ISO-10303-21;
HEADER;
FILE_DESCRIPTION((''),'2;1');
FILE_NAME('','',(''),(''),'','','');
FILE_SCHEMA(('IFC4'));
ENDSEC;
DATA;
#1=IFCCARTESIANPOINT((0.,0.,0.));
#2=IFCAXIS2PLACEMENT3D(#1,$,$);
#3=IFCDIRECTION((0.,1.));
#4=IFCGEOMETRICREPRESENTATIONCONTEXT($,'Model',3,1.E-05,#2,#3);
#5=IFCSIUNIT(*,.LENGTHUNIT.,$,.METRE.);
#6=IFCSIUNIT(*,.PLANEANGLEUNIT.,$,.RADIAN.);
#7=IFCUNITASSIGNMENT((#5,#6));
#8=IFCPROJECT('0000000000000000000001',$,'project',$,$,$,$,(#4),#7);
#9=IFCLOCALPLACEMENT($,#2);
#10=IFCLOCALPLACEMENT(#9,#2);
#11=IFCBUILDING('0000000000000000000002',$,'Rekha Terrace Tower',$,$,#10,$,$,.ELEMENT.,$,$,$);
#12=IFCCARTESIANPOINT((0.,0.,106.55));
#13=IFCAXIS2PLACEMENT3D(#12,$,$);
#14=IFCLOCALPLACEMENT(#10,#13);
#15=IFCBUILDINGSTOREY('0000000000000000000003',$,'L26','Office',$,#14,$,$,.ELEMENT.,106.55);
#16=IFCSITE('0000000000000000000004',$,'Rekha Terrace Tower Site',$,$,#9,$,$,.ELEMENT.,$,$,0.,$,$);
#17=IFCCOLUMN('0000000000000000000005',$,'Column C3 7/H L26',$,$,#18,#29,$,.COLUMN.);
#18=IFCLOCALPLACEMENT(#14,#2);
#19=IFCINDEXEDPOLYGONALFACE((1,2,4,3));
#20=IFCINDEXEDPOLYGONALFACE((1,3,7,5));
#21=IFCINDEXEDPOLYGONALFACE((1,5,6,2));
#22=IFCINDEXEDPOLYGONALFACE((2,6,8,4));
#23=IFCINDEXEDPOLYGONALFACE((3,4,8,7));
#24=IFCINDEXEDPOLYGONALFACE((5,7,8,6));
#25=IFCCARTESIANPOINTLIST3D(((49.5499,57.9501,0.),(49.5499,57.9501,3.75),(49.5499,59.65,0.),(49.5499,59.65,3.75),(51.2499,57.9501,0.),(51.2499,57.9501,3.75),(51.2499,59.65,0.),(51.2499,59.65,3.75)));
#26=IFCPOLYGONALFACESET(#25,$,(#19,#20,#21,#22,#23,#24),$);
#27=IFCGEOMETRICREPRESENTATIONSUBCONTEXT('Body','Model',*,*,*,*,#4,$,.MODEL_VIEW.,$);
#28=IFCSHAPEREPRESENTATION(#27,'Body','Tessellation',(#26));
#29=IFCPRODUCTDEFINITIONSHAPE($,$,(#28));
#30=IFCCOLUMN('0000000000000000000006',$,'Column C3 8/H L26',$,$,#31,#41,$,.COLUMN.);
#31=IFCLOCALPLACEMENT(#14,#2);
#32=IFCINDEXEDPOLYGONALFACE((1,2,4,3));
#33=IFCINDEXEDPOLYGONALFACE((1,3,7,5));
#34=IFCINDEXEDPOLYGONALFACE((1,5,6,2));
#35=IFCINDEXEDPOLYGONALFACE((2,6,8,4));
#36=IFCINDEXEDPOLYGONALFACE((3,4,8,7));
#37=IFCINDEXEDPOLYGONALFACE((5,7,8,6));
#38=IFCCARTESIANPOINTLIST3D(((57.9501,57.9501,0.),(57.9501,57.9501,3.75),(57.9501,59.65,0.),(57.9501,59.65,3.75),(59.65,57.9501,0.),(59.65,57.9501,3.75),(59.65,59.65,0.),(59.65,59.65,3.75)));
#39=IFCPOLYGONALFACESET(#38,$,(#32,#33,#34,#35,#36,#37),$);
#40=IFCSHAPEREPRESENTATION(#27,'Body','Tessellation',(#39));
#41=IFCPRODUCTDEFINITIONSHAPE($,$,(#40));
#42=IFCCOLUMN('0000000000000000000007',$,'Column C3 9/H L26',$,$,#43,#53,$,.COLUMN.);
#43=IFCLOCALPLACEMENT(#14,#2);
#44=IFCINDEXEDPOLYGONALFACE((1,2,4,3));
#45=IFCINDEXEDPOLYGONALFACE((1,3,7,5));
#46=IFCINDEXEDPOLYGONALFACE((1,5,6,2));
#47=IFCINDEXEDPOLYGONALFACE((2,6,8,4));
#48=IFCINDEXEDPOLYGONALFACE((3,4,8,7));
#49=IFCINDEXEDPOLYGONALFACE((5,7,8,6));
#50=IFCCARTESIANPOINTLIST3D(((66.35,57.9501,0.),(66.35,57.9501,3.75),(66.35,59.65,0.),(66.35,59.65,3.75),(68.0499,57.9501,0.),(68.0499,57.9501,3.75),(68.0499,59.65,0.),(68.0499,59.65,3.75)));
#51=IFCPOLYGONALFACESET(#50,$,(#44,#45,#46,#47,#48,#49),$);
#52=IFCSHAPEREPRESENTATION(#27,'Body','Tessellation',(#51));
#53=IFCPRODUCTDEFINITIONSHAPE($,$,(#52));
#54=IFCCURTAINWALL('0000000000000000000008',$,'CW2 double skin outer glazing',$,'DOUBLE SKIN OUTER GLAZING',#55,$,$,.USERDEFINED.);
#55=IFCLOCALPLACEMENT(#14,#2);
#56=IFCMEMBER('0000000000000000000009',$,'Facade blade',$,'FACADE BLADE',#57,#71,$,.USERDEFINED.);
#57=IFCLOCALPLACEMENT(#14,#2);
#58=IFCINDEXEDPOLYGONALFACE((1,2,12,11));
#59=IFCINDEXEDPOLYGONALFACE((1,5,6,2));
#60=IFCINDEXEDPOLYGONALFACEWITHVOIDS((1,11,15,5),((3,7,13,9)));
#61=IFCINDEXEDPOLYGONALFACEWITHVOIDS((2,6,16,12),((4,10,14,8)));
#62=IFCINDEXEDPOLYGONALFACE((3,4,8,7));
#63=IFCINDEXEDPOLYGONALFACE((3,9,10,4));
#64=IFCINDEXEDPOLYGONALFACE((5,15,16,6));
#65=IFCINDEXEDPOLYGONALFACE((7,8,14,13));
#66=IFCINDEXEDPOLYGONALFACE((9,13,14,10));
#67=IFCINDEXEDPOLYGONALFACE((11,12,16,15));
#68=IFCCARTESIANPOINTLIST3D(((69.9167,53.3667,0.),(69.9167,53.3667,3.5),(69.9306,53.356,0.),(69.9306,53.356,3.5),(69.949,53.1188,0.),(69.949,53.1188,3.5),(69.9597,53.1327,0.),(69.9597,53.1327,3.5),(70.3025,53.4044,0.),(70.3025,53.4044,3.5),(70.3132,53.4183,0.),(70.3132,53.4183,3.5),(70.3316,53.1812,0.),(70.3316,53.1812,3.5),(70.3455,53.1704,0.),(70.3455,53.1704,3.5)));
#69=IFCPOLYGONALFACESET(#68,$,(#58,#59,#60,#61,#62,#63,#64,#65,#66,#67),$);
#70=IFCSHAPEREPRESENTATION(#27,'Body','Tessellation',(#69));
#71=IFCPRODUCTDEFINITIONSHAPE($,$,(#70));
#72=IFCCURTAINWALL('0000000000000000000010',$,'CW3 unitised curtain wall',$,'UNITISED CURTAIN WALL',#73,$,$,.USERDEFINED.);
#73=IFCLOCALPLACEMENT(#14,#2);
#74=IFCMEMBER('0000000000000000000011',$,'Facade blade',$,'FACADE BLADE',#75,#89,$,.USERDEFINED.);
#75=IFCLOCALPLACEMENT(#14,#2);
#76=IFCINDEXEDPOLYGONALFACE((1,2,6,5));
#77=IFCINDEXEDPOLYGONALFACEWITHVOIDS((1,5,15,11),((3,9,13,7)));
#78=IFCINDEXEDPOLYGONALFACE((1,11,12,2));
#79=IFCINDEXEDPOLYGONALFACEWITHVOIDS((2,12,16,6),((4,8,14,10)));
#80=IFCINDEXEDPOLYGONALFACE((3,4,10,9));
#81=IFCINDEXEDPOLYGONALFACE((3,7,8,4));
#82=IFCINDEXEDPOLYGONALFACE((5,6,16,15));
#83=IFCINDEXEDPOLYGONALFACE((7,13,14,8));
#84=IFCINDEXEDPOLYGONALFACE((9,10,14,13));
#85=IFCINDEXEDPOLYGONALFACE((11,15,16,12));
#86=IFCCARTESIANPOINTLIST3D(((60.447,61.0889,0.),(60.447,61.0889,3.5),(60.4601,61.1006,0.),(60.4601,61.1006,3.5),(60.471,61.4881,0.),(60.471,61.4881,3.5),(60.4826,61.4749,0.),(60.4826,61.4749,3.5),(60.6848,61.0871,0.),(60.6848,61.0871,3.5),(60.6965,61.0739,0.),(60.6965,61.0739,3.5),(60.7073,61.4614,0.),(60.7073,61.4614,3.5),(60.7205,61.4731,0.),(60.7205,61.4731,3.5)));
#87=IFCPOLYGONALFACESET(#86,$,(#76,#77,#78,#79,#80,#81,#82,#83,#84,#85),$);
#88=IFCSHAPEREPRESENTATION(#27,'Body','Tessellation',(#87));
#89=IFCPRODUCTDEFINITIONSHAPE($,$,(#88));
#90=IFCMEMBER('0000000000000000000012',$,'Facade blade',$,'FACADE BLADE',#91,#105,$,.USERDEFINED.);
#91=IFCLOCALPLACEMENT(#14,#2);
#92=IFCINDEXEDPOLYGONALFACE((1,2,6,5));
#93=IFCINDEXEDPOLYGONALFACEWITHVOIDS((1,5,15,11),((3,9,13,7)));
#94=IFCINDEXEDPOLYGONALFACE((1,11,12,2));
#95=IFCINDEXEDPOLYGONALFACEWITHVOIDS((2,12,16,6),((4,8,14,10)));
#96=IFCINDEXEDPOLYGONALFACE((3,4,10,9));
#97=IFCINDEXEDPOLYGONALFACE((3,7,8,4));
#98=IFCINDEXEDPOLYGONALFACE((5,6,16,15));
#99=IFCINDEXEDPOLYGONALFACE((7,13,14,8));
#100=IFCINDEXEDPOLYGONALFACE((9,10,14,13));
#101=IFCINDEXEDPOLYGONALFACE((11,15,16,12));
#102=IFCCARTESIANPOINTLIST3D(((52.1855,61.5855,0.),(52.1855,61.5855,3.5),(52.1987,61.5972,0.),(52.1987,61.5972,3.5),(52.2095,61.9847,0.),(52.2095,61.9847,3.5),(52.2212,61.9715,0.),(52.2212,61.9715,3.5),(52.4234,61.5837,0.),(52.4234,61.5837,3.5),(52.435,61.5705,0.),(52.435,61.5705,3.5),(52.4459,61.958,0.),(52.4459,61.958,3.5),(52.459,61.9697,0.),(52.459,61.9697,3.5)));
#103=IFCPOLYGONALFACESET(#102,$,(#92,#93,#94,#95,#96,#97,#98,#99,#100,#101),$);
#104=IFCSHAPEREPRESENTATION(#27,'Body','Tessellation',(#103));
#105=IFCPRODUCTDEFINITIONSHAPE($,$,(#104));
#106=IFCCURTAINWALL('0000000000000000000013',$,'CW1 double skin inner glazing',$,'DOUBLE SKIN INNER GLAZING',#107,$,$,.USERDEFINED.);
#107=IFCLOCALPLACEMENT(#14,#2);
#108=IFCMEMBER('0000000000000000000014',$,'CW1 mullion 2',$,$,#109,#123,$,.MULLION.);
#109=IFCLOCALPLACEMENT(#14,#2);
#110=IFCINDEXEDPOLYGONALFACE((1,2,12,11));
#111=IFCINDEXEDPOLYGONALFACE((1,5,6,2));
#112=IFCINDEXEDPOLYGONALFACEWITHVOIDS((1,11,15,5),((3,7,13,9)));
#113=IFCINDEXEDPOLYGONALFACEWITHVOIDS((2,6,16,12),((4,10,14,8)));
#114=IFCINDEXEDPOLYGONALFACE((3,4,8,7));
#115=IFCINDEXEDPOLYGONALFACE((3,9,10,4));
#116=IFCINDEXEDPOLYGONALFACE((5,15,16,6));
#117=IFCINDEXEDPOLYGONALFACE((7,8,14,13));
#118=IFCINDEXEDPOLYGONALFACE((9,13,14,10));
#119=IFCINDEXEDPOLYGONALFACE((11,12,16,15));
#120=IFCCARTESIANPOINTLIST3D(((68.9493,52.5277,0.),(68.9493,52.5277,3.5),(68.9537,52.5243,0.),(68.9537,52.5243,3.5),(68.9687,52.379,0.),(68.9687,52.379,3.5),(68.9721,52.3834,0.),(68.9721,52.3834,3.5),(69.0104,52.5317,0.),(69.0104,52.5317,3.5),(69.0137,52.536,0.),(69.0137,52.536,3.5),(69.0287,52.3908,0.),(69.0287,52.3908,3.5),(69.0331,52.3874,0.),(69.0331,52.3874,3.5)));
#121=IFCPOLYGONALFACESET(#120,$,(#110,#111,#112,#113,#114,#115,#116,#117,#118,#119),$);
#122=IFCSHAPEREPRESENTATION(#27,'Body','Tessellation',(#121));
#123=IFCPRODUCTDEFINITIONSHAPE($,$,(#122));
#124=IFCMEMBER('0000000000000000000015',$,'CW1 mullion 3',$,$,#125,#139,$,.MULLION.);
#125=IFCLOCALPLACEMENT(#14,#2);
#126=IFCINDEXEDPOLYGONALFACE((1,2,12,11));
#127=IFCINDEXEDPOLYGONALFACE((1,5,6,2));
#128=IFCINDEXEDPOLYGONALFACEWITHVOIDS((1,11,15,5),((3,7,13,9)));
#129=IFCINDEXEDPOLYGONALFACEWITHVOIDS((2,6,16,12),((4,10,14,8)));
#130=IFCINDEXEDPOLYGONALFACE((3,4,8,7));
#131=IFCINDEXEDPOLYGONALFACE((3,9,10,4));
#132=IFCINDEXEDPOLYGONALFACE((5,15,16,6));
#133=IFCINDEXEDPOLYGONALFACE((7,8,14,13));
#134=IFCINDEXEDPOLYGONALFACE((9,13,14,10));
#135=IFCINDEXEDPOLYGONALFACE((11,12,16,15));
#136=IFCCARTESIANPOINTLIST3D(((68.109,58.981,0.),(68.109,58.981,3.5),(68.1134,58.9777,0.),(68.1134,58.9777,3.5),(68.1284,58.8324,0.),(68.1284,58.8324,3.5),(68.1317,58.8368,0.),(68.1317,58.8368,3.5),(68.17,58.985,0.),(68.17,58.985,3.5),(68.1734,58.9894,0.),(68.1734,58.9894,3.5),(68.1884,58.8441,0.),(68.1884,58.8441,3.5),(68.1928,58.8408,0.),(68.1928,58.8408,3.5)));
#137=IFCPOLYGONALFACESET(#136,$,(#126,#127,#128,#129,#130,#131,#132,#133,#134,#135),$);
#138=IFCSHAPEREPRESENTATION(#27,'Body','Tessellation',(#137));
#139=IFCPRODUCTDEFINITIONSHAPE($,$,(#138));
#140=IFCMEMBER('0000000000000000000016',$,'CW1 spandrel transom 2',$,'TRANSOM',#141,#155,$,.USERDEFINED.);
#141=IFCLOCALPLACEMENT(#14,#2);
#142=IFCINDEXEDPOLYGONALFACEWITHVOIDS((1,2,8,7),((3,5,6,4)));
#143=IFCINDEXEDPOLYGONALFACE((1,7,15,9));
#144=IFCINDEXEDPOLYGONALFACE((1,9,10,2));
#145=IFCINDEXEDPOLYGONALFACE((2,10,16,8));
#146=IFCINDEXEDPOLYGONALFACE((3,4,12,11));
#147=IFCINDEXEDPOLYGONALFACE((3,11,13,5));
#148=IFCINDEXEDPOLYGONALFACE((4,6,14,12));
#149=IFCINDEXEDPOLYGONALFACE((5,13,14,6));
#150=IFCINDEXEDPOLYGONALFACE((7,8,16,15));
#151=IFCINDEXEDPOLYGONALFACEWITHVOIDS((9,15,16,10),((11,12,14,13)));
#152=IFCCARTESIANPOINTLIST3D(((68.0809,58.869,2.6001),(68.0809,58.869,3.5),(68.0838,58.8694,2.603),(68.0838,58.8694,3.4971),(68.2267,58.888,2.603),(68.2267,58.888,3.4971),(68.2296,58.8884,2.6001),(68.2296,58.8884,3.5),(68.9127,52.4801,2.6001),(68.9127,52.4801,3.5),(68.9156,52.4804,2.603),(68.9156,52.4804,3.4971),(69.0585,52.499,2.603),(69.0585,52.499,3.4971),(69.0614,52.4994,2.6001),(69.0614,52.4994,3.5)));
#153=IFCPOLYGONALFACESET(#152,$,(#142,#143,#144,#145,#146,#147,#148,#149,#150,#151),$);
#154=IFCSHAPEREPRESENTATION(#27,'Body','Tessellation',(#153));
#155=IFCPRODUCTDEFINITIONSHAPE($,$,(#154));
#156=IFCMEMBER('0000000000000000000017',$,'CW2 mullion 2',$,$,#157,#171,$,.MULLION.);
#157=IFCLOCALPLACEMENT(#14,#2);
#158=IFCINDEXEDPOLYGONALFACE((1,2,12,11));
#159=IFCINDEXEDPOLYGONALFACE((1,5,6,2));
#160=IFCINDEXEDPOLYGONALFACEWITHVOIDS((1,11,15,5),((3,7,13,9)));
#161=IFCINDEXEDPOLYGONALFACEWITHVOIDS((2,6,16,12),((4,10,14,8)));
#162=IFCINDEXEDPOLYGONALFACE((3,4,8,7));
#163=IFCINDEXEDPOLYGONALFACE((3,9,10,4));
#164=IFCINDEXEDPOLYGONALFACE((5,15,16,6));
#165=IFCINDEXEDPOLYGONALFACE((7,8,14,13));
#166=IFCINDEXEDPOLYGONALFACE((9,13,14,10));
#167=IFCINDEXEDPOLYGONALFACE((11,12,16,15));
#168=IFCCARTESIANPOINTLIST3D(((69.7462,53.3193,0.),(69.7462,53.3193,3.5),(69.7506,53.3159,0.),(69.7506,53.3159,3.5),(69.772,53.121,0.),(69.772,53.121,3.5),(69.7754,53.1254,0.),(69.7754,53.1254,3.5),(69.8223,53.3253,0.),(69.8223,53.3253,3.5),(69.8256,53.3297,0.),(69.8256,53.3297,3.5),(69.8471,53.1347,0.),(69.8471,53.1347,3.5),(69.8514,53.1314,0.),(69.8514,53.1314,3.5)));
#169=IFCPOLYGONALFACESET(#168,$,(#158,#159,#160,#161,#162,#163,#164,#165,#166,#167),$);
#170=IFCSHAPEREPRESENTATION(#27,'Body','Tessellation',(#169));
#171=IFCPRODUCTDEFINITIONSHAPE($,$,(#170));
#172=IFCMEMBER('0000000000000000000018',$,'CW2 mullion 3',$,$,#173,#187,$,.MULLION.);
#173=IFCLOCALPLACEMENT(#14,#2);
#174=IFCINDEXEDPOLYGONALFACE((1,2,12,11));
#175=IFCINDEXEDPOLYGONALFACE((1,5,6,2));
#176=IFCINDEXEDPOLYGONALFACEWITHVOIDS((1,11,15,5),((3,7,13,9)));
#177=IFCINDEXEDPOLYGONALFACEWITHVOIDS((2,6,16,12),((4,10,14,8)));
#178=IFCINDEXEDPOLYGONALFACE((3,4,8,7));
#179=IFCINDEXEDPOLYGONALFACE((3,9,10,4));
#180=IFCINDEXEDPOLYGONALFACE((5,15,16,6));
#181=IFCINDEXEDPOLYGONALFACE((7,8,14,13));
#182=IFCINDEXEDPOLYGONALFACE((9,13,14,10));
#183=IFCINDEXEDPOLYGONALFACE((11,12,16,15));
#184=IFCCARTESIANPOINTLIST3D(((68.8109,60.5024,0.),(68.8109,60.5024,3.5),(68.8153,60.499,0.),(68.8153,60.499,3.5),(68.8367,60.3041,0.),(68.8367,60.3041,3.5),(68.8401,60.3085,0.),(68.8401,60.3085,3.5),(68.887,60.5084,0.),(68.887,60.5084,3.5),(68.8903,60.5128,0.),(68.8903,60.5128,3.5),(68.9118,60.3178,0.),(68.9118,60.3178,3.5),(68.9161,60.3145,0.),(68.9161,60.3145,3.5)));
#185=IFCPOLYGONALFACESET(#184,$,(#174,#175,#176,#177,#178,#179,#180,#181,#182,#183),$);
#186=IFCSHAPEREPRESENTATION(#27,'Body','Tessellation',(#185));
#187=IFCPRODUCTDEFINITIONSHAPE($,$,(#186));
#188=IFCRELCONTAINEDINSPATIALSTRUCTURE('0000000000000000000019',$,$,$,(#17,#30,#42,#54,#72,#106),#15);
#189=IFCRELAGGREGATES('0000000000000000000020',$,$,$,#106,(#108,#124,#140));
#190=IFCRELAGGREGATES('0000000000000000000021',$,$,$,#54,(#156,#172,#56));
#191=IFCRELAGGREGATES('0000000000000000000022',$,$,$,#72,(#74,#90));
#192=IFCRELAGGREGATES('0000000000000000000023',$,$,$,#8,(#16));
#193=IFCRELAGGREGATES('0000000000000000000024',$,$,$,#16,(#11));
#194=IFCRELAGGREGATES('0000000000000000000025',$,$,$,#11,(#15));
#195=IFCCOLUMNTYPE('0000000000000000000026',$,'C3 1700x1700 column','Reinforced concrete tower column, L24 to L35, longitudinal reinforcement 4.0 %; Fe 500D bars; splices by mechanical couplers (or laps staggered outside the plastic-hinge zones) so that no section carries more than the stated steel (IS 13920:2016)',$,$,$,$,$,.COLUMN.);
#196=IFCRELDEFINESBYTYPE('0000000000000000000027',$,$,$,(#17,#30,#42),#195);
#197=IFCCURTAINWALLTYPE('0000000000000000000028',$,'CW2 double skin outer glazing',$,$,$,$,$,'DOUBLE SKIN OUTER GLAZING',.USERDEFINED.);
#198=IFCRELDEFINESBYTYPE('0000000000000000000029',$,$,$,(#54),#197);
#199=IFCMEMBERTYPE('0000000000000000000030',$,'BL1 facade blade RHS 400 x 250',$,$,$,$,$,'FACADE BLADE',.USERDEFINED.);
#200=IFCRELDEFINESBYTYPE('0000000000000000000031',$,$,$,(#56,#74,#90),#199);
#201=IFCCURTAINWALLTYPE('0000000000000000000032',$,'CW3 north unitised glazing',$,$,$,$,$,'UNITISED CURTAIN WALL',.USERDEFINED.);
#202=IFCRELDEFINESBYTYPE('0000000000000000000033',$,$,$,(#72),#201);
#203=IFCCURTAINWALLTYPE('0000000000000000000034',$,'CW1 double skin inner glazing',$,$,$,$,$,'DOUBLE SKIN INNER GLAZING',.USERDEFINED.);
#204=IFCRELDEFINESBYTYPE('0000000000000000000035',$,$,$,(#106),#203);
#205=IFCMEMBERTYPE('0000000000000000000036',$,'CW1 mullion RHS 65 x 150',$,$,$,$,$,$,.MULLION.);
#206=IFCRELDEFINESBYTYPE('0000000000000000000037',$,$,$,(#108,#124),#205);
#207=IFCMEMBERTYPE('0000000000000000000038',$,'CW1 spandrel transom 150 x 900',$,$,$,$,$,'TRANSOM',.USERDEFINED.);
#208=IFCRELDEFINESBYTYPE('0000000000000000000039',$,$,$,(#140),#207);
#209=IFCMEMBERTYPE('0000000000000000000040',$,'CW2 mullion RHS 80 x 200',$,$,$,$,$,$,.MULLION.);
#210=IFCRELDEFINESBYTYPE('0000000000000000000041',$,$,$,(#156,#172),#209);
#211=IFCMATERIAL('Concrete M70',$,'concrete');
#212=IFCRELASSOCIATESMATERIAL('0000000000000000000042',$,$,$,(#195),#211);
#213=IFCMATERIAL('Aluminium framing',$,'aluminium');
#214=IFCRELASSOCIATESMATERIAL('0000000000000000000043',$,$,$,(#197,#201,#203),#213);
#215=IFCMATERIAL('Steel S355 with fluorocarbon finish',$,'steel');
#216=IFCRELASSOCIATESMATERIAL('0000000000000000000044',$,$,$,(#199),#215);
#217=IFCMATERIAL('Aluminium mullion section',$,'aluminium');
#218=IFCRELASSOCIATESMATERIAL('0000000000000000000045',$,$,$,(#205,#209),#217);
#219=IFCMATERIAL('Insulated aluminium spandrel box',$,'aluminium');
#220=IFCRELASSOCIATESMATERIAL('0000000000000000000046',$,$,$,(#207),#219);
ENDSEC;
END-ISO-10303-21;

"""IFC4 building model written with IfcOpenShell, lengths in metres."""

from ifc_helpers import new_model, si_unit, direction, frame, origin, origin_2d, place, context, subcontext, project, spatial, rectangle, hollow_rectangle, extrude, material, material_profile, profile_set, type_object, element, aggregate, save


model = new_model("IFC4")

# Units and contexts
model_context = context("Model", 3, precision=1e-05, world=origin(), true_north=direction((0.0, 1.0)))
body_context = subcontext(model_context, "Body", "Model", "MODEL_VIEW")
ifc_project = project(units=[si_unit("LENGTHUNIT", "METRE"), si_unit("PLANEANGLEUNIT", "RADIAN")], contexts=[model_context])

# Site, building, storey
site_placement = place(None, origin())
site = spatial("IfcSite", under=ifc_project, at=site_placement, Name="Rekha Terrace Tower Site", CompositionType="ELEMENT", RefElevation=0.0)
building_placement = place(site_placement, origin())
building = spatial("IfcBuilding", under=site, at=building_placement, Name="Rekha Terrace Tower", CompositionType="ELEMENT")
storey_placement = place(building_placement, frame((0.0, 0.0, 106.55)))
storey = spatial("IfcBuildingStorey", under=building, at=storey_placement, Name="L26", Description="Office", CompositionType="ELEMENT", Elevation=106.55)

# Columns
ifc_material_1 = material(Name="Concrete M70", Category="concrete")
ifc_material_profile_1 = material_profile(ifc_material_1, rectangle(XDim=1.7, YDim=1.7, at=origin_2d()), Name="RC 1700x1700")
ifc_profile_set_1 = profile_set([ifc_material_profile_1], Name="Concrete M70")
column_type = type_object("IfcColumnType", Name="C3 1700x1700 column", Description="Reinforced concrete tower column, L24 to L35, longitudinal reinforcement 4.0 %; Fe 500D bars; splices by mechanical couplers (or laps staggered outside the plastic-hinge zones) so that no section carries more than the stated steel (IS 13920:2016)", PredefinedType="COLUMN", material=ifc_profile_set_1)
for number, where, z_axis, x_axis, name in (
    (1, (50.3999, 58.8, 0.0), (0.0, 0.0, 1.0), (1.0, 0.0, 0.0), "Column C3 7/H L26"),
    (2, (58.8, 58.8, 0.0), (0.0, 0.0, 1.0), (1.0, 0.0, 0.0), "Column C3 8/H L26"),
    (3, (67.2, 58.8, 0.0), (0.0, 0.0, 1.0), (1.0, 0.0, 0.0), "Column C3 9/H L26"),
):
    element("IfcColumn", number, at=place(storey_placement, frame(where, z_axis=z_axis, x_axis=x_axis)), inside=storey, type_object=column_type, Name=name, PredefinedType="COLUMN", context=body_context, shape_type="SweptSolid", body=[
        extrude(rectangle(XDim=1.7, YDim=1.7, at=origin_2d()), origin(), (0.0, 0.0, 1.0), 3.75),
    ])

# Curtain wall, member
ifc_material_2 = material(Name="Aluminium framing", Category="aluminium")
curtain_wall_type_1 = type_object("IfcCurtainWallType", Name="CW2 double skin outer glazing", ElementType="DOUBLE SKIN OUTER GLAZING", PredefinedType="USERDEFINED", material=ifc_material_2)
curtain_wall_1_placement = place(storey_placement, origin())
curtain_wall_1 = element("IfcCurtainWall", 4, at=curtain_wall_1_placement, inside=storey, type_object=curtain_wall_type_1, Name="CW2 double skin outer glazing", ObjectType="DOUBLE SKIN OUTER GLAZING", PredefinedType="USERDEFINED")
ifc_material_3 = material(Name="Steel S355 with fluorocarbon finish", Category="steel")
ifc_material_profile_2 = material_profile(ifc_material_3, hollow_rectangle(XDim=0.25, YDim=0.3999, WallThickness=0.0125, at=origin_2d()), Name="RHS400x250x12.5")
ifc_profile_set_2 = profile_set([ifc_material_profile_2], Name="Steel S355 with fluorocarbon finish")
member_type_1 = type_object("IfcMemberType", Name="BL1 facade blade RHS 400 x 250", ElementType="FACADE BLADE", PredefinedType="USERDEFINED", material=ifc_profile_set_2)
member_1_placement = place(storey_placement, frame((70.1311, 53.2686, 0.0), z_axis=(0.0, 0.0, 1.0), x_axis=(-0.129119, 0.991629, 0.0)))
member_1 = element("IfcMember", 5, at=member_1_placement, type_object=member_type_1, Name="Facade blade", ObjectType="FACADE BLADE", PredefinedType="USERDEFINED", context=body_context, shape_type="SweptSolid", body=[
    extrude(hollow_rectangle(XDim=0.25, YDim=0.3999, WallThickness=0.0125, at=origin_2d()), origin(), (0.0, 0.0, 1.0), 3.5),
])

# Curtain walls, members
curtain_wall_type_2 = type_object("IfcCurtainWallType", Name="CW3 north unitised glazing", ElementType="UNITISED CURTAIN WALL", PredefinedType="USERDEFINED", material=ifc_material_2)
curtain_wall_2_placement = place(storey_placement, origin())
curtain_wall_2 = element("IfcCurtainWall", 6, at=curtain_wall_2_placement, inside=storey, type_object=curtain_wall_type_2, Name="CW3 unitised curtain wall", ObjectType="UNITISED CURTAIN WALL", PredefinedType="USERDEFINED")
member_2_placement = place(storey_placement, frame((60.5837, 61.281, 0.0), z_axis=(0.0, 0.0, 1.0), x_axis=(-0.998199, 0.059988, 0.0)))
member_2 = element("IfcMember", 7, at=member_2_placement, type_object=member_type_1, Name="Facade blade", ObjectType="FACADE BLADE", PredefinedType="USERDEFINED", context=body_context, shape_type="SweptSolid", body=[
    extrude(hollow_rectangle(XDim=0.25, YDim=0.3999, WallThickness=0.0125, at=origin_2d()), origin(), (0.0, 0.0, 1.0), 3.5),
])
member_3_placement = place(storey_placement, frame((52.3223, 61.7776, 0.0), z_axis=(0.0, 0.0, 1.0), x_axis=(-0.998199, 0.059988, 0.0)))
member_3 = element("IfcMember", 8, at=member_3_placement, type_object=member_type_1, Name="Facade blade", ObjectType="FACADE BLADE", PredefinedType="USERDEFINED", context=body_context, shape_type="SweptSolid", body=[
    extrude(hollow_rectangle(XDim=0.25, YDim=0.3999, WallThickness=0.0125, at=origin_2d()), origin(), (0.0, 0.0, 1.0), 3.5),
])
curtain_wall_type_3 = type_object("IfcCurtainWallType", Name="CW1 double skin inner glazing", ElementType="DOUBLE SKIN INNER GLAZING", PredefinedType="USERDEFINED", material=ifc_material_2)
curtain_wall_3_placement = place(storey_placement, origin())
curtain_wall_3 = element("IfcCurtainWall", 9, at=curtain_wall_3_placement, inside=storey, type_object=curtain_wall_type_3, Name="CW1 double skin inner glazing", ObjectType="DOUBLE SKIN INNER GLAZING", PredefinedType="USERDEFINED")
ifc_material_4 = material(Name="Aluminium mullion section", Category="aluminium")
ifc_material_profile_3 = material_profile(ifc_material_4, hollow_rectangle(XDim=0.0649, YDim=0.1499, WallThickness=0.0039, at=origin_2d()), Name="AL RHS 65x150")
ifc_profile_set_3 = profile_set([ifc_material_profile_3], Name="Aluminium mullion section")
member_type_2 = type_object("IfcMemberType", Name="CW1 mullion RHS 65 x 150", PredefinedType="MULLION", material=ifc_profile_set_3)
member_4_placement = place(storey_placement, frame((68.9912, 52.4575, 0.0), z_axis=(0.0, 0.0, 1.0), x_axis=(-0.991629, -0.129118, 0.0)))
member_4 = element("IfcMember", 10, at=member_4_placement, type_object=member_type_2, Name="CW1 mullion 2", PredefinedType="MULLION", context=body_context, shape_type="SweptSolid", body=[
    extrude(hollow_rectangle(XDim=0.0649, YDim=0.1499, WallThickness=0.0039, at=origin_2d()), origin(), (0.0, 0.0, 1.0), 3.5),
])
member_5_placement = place(storey_placement, frame((68.1509, 58.9109, 0.0), z_axis=(0.0, 0.0, 1.0), x_axis=(-0.991629, -0.129118, 0.0)))
member_5 = element("IfcMember", 11, at=member_5_placement, type_object=member_type_2, Name="CW1 mullion 3", PredefinedType="MULLION", context=body_context, shape_type="SweptSolid", body=[
    extrude(hollow_rectangle(XDim=0.0649, YDim=0.1499, WallThickness=0.0039, at=origin_2d()), origin(), (0.0, 0.0, 1.0), 3.5),
])
ifc_material_5 = material(Name="Insulated aluminium spandrel box", Category="aluminium")
ifc_material_profile_4 = material_profile(ifc_material_5, hollow_rectangle(XDim=0.1499, YDim=0.8999, WallThickness=0.0029, at=origin_2d()), Name="AL SPANDREL BOX 150x900")
ifc_profile_set_4 = profile_set([ifc_material_profile_4], Name="Insulated aluminium spandrel box")
member_type_3 = type_object("IfcMemberType", Name="CW1 spandrel transom 150 x 900", ElementType="TRANSOM", PredefinedType="USERDEFINED", material=ifc_profile_set_4)
member_6_placement = place(storey_placement, frame((68.9871, 52.4897, 3.05), z_axis=(-0.129103, 0.991631, 0.0), x_axis=(-0.991631, -0.129103, 0.0)))
member_6 = element("IfcMember", 12, at=member_6_placement, type_object=member_type_3, Name="CW1 spandrel transom 2", ObjectType="TRANSOM", PredefinedType="USERDEFINED", context=body_context, shape_type="SweptSolid", body=[
    extrude(hollow_rectangle(XDim=0.1499, YDim=0.8999, WallThickness=0.0029, at=origin_2d()), origin(), (0.0, 0.0, 1.0), 6.4429),
])

# Members
ifc_material_profile_5 = material_profile(ifc_material_4, hollow_rectangle(XDim=0.0801, YDim=0.2, WallThickness=0.0039, at=origin_2d()), Name="AL RHS 80x200")
ifc_profile_set_5 = profile_set([ifc_material_profile_5], Name="Aluminium mullion section")
member_type_4 = type_object("IfcMemberType", Name="CW2 mullion RHS 80 x 200", PredefinedType="MULLION", material=ifc_profile_set_5)
member_7_placement = place(storey_placement, frame((69.7988, 53.2253, 0.0), z_axis=(0.0, 0.0, 1.0), x_axis=(-0.991629, -0.129118, 0.0)))
member_7 = element("IfcMember", 13, at=member_7_placement, type_object=member_type_4, Name="CW2 mullion 2", PredefinedType="MULLION", context=body_context, shape_type="SweptSolid", body=[
    extrude(hollow_rectangle(XDim=0.0801, YDim=0.2, WallThickness=0.0039, at=origin_2d()), origin(), (0.0, 0.0, 1.0), 3.5),
])
member_8_placement = place(storey_placement, frame((68.8635, 60.4084, 0.0), z_axis=(0.0, 0.0, 1.0), x_axis=(-0.991629, -0.129118, 0.0)))
member_8 = element("IfcMember", 14, at=member_8_placement, type_object=member_type_4, Name="CW2 mullion 3", PredefinedType="MULLION", context=body_context, shape_type="SweptSolid", body=[
    extrude(hollow_rectangle(XDim=0.0801, YDim=0.2, WallThickness=0.0039, at=origin_2d()), origin(), (0.0, 0.0, 1.0), 3.5),
])

aggregate(curtain_wall_3, [member_4, member_5, member_6])
aggregate(curtain_wall_1, [member_7, member_8, member_1])
aggregate(curtain_wall_2, [member_2, member_3])

save(model, "model.ifc")
